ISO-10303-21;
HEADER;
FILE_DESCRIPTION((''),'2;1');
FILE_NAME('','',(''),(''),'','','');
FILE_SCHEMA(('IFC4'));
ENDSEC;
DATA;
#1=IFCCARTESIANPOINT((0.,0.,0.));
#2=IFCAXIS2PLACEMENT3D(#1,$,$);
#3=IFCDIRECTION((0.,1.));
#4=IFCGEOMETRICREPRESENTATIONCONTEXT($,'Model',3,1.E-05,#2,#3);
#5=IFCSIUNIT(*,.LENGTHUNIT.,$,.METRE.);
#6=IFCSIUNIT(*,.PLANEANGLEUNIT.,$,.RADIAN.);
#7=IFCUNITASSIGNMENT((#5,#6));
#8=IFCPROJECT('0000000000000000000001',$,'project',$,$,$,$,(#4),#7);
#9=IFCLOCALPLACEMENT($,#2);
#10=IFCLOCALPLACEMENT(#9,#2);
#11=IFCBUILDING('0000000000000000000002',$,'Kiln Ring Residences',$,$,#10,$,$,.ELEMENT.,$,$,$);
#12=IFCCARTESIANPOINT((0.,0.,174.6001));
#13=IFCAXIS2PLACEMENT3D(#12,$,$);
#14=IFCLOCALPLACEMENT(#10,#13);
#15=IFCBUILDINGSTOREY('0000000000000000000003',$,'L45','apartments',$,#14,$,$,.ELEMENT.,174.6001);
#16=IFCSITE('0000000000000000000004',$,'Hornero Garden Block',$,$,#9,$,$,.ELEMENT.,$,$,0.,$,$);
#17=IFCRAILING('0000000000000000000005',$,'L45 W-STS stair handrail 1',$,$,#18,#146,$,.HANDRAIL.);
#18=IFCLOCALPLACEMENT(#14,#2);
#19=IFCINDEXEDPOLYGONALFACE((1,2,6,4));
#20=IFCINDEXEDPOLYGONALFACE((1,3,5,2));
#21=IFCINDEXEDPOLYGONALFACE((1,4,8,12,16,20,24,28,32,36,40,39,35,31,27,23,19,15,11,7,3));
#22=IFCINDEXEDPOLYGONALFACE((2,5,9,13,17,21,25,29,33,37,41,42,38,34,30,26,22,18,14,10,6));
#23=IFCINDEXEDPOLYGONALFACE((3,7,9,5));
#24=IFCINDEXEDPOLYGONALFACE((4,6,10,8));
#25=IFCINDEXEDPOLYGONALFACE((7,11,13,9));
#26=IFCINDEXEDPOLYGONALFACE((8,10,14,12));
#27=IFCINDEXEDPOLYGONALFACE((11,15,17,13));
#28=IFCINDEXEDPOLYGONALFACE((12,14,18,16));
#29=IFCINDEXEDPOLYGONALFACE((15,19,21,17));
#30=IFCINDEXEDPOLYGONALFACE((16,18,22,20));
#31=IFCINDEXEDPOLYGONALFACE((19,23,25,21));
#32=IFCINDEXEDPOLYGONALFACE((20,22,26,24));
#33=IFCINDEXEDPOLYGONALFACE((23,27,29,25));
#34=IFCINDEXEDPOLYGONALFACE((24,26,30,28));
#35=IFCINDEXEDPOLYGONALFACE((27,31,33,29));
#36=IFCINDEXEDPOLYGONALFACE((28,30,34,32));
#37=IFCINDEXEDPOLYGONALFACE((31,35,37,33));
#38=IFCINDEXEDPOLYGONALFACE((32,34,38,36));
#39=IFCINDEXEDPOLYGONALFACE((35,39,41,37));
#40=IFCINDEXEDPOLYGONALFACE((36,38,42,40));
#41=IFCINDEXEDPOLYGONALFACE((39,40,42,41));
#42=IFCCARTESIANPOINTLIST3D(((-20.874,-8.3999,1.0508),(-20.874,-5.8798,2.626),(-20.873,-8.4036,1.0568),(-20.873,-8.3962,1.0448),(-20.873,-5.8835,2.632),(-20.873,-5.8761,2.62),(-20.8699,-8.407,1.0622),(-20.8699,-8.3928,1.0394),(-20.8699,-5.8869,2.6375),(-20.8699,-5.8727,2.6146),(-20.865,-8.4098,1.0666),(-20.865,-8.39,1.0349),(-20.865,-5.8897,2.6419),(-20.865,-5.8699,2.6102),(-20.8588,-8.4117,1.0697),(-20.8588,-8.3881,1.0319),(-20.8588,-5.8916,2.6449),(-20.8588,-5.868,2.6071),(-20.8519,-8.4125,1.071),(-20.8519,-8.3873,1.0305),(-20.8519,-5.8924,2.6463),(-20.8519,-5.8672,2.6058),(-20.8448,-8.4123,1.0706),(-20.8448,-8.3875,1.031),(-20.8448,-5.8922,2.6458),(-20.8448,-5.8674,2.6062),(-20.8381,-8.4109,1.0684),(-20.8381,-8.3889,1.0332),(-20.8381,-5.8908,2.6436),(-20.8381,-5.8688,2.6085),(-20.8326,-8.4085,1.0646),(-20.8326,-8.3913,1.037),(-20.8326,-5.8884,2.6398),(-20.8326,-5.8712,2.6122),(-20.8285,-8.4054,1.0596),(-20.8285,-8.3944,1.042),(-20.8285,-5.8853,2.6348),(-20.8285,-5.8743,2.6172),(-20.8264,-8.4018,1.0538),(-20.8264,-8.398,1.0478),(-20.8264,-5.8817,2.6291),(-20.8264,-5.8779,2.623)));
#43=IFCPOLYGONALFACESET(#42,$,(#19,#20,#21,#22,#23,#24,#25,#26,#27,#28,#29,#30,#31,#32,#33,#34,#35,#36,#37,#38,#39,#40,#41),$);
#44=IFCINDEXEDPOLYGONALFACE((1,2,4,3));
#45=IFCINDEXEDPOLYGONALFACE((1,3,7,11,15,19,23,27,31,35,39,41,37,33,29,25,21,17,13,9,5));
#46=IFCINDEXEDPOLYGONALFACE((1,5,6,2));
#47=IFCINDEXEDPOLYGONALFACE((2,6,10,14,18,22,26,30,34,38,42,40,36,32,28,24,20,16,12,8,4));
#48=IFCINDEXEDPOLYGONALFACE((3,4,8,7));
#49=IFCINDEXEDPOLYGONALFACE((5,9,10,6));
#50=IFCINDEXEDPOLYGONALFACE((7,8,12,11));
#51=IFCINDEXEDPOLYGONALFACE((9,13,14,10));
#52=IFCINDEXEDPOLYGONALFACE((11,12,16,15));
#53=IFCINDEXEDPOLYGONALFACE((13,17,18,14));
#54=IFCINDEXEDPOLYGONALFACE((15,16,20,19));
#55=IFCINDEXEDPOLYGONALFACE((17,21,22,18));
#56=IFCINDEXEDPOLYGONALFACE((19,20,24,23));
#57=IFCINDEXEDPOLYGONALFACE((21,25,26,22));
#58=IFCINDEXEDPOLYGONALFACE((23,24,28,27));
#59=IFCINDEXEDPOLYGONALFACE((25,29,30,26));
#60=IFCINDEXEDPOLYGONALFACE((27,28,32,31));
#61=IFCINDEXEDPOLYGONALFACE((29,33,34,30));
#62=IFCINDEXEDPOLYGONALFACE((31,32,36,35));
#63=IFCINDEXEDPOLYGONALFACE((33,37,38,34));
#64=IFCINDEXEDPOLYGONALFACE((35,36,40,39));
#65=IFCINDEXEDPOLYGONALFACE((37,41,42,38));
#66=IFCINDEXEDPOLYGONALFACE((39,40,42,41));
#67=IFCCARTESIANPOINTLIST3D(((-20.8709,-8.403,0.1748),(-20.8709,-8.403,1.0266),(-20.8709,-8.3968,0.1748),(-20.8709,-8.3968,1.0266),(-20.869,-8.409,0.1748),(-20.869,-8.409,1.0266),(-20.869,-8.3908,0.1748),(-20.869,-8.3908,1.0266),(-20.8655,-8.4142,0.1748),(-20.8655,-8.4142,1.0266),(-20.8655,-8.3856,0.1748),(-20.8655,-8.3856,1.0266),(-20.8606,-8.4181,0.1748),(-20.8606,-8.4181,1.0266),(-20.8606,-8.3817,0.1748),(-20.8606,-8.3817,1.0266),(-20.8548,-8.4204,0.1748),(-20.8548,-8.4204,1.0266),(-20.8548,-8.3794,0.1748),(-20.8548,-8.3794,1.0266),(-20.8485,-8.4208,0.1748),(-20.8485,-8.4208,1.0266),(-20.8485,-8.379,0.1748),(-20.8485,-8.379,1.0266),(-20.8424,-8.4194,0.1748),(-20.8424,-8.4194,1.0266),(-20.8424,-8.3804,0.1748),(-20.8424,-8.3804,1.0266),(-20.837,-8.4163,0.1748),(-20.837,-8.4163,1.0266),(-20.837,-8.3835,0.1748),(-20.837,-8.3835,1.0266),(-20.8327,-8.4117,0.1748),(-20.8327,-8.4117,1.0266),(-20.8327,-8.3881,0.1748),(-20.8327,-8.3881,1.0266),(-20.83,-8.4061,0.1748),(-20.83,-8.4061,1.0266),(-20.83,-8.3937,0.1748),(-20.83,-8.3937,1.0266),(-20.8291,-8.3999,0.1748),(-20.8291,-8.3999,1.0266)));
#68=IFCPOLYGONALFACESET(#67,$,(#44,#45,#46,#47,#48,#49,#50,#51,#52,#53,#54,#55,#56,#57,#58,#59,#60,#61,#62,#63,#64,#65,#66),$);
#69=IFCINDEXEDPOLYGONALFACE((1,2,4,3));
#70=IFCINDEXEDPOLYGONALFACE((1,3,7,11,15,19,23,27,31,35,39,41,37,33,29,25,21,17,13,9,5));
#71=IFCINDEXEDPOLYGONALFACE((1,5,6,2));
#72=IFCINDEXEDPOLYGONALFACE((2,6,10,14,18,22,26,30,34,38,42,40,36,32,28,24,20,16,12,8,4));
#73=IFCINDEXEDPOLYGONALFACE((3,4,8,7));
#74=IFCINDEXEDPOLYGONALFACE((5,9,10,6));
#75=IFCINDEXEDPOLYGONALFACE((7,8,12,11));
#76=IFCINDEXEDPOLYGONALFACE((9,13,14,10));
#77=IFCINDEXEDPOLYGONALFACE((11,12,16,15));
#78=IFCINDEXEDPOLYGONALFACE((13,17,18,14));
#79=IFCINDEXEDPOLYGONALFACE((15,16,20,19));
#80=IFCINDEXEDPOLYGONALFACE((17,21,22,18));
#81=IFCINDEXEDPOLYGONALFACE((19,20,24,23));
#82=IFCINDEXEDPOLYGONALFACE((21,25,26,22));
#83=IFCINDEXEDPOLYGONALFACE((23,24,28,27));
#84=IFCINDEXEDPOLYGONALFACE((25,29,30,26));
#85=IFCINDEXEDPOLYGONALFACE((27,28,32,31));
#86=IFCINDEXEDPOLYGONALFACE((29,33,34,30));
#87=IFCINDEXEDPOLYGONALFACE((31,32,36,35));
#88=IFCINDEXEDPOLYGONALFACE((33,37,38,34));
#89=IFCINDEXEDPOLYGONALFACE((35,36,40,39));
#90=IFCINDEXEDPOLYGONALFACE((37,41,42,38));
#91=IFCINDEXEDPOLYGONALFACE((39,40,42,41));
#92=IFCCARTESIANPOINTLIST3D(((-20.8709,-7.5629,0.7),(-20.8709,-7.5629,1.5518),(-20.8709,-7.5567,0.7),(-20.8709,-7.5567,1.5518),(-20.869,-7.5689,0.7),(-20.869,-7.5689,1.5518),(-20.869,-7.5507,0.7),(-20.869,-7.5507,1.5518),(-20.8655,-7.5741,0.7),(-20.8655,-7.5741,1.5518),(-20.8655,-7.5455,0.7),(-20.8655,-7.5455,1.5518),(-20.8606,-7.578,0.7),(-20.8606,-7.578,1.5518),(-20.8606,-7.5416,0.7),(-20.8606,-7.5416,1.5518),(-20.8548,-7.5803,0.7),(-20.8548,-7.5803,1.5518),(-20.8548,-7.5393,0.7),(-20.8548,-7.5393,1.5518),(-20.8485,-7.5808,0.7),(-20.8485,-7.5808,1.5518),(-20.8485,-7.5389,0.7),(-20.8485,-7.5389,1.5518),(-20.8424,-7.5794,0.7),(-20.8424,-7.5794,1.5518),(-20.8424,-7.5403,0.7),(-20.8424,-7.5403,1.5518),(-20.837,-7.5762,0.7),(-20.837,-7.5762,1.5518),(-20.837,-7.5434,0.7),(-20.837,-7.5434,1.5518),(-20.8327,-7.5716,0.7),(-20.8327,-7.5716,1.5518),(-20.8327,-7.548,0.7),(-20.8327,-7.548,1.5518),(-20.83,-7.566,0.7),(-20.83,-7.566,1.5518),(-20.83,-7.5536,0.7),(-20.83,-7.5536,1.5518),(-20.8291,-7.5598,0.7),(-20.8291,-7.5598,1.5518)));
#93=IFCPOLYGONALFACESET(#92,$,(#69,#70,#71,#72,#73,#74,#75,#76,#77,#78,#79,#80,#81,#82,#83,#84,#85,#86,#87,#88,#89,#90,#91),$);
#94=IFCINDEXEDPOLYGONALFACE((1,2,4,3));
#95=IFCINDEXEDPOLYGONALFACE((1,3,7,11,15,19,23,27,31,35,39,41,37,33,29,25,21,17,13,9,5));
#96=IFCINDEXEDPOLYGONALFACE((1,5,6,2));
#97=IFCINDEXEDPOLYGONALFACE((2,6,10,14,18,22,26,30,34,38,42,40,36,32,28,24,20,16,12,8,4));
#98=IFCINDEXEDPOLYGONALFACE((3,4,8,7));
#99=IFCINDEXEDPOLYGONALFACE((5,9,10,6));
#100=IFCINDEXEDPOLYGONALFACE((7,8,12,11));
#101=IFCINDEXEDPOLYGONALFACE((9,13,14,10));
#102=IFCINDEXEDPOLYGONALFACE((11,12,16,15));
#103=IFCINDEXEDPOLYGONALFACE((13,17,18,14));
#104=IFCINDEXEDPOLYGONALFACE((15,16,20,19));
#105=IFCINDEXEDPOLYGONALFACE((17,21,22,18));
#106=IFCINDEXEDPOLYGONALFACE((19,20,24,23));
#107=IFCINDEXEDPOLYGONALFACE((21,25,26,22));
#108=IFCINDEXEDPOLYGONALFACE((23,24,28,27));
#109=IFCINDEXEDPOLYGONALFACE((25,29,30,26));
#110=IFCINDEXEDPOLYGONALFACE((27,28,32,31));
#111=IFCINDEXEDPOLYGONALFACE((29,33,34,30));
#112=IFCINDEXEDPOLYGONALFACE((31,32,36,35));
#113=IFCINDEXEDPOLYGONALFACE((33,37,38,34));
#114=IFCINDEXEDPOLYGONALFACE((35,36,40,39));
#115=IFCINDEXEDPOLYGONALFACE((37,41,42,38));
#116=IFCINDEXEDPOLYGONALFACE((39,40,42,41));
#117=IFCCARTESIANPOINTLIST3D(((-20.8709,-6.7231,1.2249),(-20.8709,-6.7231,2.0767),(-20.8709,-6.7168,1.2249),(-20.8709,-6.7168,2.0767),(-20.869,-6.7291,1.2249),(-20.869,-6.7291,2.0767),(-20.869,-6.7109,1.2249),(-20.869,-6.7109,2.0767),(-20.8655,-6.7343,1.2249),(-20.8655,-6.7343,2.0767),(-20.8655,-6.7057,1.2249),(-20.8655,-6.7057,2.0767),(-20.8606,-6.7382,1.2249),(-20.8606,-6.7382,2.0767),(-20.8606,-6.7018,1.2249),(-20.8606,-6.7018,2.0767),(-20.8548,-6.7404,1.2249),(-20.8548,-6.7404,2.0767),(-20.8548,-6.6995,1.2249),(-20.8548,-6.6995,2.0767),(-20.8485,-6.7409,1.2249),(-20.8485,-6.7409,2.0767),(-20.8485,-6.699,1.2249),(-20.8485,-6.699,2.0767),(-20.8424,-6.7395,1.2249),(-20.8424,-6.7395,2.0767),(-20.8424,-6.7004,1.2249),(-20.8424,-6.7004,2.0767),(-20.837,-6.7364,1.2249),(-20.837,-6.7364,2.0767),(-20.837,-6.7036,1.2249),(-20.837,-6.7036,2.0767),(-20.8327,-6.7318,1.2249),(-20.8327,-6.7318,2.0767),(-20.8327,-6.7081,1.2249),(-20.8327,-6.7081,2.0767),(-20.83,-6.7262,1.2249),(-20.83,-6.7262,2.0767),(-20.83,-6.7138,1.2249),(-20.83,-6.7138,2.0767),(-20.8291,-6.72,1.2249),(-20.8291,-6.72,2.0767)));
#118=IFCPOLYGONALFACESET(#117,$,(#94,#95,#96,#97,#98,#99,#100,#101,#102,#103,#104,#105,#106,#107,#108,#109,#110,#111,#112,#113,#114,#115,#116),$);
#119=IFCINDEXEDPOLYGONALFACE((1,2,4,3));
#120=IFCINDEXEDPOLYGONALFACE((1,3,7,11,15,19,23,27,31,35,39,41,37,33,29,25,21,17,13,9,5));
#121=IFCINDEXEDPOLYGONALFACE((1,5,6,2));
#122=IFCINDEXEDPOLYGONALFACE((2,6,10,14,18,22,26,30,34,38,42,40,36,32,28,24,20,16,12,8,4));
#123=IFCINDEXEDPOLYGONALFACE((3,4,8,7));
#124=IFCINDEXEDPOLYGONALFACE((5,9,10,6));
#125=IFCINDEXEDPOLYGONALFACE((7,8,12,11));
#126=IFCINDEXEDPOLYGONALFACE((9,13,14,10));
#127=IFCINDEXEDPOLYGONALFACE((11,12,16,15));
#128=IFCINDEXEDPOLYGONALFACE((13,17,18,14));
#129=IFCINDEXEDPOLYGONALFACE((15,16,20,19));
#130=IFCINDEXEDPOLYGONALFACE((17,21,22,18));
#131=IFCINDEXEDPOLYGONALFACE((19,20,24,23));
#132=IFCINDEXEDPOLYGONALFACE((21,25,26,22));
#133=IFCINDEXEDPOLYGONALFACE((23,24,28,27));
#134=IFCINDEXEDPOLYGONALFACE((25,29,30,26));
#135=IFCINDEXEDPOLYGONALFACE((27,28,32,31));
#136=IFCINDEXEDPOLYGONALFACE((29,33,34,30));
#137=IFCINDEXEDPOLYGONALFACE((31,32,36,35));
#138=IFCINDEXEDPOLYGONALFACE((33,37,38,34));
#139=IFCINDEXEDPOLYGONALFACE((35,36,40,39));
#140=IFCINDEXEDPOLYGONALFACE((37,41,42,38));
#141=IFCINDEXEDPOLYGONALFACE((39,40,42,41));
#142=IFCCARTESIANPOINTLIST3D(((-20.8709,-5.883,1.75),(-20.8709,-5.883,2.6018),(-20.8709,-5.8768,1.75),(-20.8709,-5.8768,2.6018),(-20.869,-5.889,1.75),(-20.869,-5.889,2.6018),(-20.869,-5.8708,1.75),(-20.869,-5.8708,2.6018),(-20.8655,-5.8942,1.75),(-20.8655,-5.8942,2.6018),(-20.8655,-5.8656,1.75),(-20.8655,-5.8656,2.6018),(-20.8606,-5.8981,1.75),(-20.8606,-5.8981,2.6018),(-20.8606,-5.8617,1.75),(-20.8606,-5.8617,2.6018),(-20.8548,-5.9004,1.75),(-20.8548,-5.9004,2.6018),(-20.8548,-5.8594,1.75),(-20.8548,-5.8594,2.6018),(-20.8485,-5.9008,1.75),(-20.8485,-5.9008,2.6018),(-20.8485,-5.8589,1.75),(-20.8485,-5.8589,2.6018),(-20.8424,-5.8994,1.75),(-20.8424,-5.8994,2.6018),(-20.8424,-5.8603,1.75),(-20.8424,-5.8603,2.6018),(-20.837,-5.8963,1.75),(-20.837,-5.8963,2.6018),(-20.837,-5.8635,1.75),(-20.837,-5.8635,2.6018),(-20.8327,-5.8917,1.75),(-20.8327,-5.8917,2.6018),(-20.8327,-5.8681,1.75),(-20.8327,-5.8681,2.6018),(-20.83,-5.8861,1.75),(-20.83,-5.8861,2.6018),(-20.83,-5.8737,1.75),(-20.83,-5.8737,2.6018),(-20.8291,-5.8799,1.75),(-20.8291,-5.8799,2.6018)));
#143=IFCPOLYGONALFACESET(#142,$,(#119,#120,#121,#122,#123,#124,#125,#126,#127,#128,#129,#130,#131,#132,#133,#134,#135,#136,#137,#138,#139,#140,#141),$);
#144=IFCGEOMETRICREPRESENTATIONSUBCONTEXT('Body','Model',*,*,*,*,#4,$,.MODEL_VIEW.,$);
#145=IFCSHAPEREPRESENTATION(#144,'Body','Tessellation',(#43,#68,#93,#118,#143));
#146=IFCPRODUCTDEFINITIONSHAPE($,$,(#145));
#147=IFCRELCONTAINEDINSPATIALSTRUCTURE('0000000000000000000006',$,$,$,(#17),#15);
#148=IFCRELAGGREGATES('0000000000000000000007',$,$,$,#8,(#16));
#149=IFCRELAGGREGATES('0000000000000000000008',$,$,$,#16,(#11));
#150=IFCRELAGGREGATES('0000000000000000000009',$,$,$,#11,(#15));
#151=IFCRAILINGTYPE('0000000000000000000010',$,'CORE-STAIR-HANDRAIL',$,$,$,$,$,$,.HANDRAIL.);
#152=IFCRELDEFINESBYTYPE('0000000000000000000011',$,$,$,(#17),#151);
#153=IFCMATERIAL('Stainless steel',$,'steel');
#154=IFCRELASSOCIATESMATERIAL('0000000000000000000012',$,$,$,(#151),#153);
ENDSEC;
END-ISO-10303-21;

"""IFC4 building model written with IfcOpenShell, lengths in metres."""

from ifc_helpers import new_model, si_unit, direction, frame, origin, origin_2d, place, context, subcontext, project, spatial, circle, extrude, material, type_object, element, save


model = new_model("IFC4")

# Units and contexts
model_context = context("Model", 3, precision=1e-05, world=origin(), true_north=direction((0.0, 1.0)))
body_context = subcontext(model_context, "Body", "Model", "MODEL_VIEW")
ifc_project = project(units=[si_unit("LENGTHUNIT", "METRE"), si_unit("PLANEANGLEUNIT", "RADIAN")], contexts=[model_context])

# Site, building, storey
site_placement = place(None, origin())
site = spatial("IfcSite", under=ifc_project, at=site_placement, Name="Hornero Garden Block", CompositionType="ELEMENT", RefElevation=0.0)
building_placement = place(site_placement, origin())
building = spatial("IfcBuilding", under=site, at=building_placement, Name="Kiln Ring Residences", CompositionType="ELEMENT")
storey_placement = place(building_placement, frame((0.0, 0.0, 174.6001)))
storey = spatial("IfcBuildingStorey", under=building, at=storey_placement, Name="L45", Description="apartments", CompositionType="ELEMENT", Elevation=174.6001)

# Railing
ifc_material_1 = material(Name="Stainless steel", Category="steel")
railing_type_1 = type_object("IfcRailingType", Name="CORE-STAIR-HANDRAIL", PredefinedType="HANDRAIL", material=ifc_material_1)
railing_1_placement = place(storey_placement, frame((-20.8501, -8.3999, 0.1748)))
element("IfcRailing", 1, at=railing_1_placement, inside=storey, type_object=railing_type_1, Name="L45 W-STS stair handrail 1", PredefinedType="HANDRAIL", context=body_context, shape_type="SweptSolid", body=[
    extrude(circle(Radius=0.0239, at=origin_2d()), frame((0.0, 0.0, 0.876), z_axis=(0.0, 0.847971, 0.530043), x_axis=(-1.0, 0.0, 0.0)), (0.0, 0.0, 1.0), 2.9719),
    extrude(circle(Radius=0.021, at=origin_2d()), origin(), (0.0, 0.0, 1.0), 0.8518),
    extrude(circle(Radius=0.021, at=origin_2d()), frame((0.0, 0.8401, 0.5251)), (0.0, 0.0, 1.0), 0.8518),
    extrude(circle(Radius=0.021, at=origin_2d()), frame((0.0, 1.6799, 1.05)), (0.0, 0.0, 1.0), 0.8518),
    extrude(circle(Radius=0.021, at=origin_2d()), frame((0.0, 2.52, 1.5752)), (0.0, 0.0, 1.0), 0.8518),
])

save(model, "model.ifc")
